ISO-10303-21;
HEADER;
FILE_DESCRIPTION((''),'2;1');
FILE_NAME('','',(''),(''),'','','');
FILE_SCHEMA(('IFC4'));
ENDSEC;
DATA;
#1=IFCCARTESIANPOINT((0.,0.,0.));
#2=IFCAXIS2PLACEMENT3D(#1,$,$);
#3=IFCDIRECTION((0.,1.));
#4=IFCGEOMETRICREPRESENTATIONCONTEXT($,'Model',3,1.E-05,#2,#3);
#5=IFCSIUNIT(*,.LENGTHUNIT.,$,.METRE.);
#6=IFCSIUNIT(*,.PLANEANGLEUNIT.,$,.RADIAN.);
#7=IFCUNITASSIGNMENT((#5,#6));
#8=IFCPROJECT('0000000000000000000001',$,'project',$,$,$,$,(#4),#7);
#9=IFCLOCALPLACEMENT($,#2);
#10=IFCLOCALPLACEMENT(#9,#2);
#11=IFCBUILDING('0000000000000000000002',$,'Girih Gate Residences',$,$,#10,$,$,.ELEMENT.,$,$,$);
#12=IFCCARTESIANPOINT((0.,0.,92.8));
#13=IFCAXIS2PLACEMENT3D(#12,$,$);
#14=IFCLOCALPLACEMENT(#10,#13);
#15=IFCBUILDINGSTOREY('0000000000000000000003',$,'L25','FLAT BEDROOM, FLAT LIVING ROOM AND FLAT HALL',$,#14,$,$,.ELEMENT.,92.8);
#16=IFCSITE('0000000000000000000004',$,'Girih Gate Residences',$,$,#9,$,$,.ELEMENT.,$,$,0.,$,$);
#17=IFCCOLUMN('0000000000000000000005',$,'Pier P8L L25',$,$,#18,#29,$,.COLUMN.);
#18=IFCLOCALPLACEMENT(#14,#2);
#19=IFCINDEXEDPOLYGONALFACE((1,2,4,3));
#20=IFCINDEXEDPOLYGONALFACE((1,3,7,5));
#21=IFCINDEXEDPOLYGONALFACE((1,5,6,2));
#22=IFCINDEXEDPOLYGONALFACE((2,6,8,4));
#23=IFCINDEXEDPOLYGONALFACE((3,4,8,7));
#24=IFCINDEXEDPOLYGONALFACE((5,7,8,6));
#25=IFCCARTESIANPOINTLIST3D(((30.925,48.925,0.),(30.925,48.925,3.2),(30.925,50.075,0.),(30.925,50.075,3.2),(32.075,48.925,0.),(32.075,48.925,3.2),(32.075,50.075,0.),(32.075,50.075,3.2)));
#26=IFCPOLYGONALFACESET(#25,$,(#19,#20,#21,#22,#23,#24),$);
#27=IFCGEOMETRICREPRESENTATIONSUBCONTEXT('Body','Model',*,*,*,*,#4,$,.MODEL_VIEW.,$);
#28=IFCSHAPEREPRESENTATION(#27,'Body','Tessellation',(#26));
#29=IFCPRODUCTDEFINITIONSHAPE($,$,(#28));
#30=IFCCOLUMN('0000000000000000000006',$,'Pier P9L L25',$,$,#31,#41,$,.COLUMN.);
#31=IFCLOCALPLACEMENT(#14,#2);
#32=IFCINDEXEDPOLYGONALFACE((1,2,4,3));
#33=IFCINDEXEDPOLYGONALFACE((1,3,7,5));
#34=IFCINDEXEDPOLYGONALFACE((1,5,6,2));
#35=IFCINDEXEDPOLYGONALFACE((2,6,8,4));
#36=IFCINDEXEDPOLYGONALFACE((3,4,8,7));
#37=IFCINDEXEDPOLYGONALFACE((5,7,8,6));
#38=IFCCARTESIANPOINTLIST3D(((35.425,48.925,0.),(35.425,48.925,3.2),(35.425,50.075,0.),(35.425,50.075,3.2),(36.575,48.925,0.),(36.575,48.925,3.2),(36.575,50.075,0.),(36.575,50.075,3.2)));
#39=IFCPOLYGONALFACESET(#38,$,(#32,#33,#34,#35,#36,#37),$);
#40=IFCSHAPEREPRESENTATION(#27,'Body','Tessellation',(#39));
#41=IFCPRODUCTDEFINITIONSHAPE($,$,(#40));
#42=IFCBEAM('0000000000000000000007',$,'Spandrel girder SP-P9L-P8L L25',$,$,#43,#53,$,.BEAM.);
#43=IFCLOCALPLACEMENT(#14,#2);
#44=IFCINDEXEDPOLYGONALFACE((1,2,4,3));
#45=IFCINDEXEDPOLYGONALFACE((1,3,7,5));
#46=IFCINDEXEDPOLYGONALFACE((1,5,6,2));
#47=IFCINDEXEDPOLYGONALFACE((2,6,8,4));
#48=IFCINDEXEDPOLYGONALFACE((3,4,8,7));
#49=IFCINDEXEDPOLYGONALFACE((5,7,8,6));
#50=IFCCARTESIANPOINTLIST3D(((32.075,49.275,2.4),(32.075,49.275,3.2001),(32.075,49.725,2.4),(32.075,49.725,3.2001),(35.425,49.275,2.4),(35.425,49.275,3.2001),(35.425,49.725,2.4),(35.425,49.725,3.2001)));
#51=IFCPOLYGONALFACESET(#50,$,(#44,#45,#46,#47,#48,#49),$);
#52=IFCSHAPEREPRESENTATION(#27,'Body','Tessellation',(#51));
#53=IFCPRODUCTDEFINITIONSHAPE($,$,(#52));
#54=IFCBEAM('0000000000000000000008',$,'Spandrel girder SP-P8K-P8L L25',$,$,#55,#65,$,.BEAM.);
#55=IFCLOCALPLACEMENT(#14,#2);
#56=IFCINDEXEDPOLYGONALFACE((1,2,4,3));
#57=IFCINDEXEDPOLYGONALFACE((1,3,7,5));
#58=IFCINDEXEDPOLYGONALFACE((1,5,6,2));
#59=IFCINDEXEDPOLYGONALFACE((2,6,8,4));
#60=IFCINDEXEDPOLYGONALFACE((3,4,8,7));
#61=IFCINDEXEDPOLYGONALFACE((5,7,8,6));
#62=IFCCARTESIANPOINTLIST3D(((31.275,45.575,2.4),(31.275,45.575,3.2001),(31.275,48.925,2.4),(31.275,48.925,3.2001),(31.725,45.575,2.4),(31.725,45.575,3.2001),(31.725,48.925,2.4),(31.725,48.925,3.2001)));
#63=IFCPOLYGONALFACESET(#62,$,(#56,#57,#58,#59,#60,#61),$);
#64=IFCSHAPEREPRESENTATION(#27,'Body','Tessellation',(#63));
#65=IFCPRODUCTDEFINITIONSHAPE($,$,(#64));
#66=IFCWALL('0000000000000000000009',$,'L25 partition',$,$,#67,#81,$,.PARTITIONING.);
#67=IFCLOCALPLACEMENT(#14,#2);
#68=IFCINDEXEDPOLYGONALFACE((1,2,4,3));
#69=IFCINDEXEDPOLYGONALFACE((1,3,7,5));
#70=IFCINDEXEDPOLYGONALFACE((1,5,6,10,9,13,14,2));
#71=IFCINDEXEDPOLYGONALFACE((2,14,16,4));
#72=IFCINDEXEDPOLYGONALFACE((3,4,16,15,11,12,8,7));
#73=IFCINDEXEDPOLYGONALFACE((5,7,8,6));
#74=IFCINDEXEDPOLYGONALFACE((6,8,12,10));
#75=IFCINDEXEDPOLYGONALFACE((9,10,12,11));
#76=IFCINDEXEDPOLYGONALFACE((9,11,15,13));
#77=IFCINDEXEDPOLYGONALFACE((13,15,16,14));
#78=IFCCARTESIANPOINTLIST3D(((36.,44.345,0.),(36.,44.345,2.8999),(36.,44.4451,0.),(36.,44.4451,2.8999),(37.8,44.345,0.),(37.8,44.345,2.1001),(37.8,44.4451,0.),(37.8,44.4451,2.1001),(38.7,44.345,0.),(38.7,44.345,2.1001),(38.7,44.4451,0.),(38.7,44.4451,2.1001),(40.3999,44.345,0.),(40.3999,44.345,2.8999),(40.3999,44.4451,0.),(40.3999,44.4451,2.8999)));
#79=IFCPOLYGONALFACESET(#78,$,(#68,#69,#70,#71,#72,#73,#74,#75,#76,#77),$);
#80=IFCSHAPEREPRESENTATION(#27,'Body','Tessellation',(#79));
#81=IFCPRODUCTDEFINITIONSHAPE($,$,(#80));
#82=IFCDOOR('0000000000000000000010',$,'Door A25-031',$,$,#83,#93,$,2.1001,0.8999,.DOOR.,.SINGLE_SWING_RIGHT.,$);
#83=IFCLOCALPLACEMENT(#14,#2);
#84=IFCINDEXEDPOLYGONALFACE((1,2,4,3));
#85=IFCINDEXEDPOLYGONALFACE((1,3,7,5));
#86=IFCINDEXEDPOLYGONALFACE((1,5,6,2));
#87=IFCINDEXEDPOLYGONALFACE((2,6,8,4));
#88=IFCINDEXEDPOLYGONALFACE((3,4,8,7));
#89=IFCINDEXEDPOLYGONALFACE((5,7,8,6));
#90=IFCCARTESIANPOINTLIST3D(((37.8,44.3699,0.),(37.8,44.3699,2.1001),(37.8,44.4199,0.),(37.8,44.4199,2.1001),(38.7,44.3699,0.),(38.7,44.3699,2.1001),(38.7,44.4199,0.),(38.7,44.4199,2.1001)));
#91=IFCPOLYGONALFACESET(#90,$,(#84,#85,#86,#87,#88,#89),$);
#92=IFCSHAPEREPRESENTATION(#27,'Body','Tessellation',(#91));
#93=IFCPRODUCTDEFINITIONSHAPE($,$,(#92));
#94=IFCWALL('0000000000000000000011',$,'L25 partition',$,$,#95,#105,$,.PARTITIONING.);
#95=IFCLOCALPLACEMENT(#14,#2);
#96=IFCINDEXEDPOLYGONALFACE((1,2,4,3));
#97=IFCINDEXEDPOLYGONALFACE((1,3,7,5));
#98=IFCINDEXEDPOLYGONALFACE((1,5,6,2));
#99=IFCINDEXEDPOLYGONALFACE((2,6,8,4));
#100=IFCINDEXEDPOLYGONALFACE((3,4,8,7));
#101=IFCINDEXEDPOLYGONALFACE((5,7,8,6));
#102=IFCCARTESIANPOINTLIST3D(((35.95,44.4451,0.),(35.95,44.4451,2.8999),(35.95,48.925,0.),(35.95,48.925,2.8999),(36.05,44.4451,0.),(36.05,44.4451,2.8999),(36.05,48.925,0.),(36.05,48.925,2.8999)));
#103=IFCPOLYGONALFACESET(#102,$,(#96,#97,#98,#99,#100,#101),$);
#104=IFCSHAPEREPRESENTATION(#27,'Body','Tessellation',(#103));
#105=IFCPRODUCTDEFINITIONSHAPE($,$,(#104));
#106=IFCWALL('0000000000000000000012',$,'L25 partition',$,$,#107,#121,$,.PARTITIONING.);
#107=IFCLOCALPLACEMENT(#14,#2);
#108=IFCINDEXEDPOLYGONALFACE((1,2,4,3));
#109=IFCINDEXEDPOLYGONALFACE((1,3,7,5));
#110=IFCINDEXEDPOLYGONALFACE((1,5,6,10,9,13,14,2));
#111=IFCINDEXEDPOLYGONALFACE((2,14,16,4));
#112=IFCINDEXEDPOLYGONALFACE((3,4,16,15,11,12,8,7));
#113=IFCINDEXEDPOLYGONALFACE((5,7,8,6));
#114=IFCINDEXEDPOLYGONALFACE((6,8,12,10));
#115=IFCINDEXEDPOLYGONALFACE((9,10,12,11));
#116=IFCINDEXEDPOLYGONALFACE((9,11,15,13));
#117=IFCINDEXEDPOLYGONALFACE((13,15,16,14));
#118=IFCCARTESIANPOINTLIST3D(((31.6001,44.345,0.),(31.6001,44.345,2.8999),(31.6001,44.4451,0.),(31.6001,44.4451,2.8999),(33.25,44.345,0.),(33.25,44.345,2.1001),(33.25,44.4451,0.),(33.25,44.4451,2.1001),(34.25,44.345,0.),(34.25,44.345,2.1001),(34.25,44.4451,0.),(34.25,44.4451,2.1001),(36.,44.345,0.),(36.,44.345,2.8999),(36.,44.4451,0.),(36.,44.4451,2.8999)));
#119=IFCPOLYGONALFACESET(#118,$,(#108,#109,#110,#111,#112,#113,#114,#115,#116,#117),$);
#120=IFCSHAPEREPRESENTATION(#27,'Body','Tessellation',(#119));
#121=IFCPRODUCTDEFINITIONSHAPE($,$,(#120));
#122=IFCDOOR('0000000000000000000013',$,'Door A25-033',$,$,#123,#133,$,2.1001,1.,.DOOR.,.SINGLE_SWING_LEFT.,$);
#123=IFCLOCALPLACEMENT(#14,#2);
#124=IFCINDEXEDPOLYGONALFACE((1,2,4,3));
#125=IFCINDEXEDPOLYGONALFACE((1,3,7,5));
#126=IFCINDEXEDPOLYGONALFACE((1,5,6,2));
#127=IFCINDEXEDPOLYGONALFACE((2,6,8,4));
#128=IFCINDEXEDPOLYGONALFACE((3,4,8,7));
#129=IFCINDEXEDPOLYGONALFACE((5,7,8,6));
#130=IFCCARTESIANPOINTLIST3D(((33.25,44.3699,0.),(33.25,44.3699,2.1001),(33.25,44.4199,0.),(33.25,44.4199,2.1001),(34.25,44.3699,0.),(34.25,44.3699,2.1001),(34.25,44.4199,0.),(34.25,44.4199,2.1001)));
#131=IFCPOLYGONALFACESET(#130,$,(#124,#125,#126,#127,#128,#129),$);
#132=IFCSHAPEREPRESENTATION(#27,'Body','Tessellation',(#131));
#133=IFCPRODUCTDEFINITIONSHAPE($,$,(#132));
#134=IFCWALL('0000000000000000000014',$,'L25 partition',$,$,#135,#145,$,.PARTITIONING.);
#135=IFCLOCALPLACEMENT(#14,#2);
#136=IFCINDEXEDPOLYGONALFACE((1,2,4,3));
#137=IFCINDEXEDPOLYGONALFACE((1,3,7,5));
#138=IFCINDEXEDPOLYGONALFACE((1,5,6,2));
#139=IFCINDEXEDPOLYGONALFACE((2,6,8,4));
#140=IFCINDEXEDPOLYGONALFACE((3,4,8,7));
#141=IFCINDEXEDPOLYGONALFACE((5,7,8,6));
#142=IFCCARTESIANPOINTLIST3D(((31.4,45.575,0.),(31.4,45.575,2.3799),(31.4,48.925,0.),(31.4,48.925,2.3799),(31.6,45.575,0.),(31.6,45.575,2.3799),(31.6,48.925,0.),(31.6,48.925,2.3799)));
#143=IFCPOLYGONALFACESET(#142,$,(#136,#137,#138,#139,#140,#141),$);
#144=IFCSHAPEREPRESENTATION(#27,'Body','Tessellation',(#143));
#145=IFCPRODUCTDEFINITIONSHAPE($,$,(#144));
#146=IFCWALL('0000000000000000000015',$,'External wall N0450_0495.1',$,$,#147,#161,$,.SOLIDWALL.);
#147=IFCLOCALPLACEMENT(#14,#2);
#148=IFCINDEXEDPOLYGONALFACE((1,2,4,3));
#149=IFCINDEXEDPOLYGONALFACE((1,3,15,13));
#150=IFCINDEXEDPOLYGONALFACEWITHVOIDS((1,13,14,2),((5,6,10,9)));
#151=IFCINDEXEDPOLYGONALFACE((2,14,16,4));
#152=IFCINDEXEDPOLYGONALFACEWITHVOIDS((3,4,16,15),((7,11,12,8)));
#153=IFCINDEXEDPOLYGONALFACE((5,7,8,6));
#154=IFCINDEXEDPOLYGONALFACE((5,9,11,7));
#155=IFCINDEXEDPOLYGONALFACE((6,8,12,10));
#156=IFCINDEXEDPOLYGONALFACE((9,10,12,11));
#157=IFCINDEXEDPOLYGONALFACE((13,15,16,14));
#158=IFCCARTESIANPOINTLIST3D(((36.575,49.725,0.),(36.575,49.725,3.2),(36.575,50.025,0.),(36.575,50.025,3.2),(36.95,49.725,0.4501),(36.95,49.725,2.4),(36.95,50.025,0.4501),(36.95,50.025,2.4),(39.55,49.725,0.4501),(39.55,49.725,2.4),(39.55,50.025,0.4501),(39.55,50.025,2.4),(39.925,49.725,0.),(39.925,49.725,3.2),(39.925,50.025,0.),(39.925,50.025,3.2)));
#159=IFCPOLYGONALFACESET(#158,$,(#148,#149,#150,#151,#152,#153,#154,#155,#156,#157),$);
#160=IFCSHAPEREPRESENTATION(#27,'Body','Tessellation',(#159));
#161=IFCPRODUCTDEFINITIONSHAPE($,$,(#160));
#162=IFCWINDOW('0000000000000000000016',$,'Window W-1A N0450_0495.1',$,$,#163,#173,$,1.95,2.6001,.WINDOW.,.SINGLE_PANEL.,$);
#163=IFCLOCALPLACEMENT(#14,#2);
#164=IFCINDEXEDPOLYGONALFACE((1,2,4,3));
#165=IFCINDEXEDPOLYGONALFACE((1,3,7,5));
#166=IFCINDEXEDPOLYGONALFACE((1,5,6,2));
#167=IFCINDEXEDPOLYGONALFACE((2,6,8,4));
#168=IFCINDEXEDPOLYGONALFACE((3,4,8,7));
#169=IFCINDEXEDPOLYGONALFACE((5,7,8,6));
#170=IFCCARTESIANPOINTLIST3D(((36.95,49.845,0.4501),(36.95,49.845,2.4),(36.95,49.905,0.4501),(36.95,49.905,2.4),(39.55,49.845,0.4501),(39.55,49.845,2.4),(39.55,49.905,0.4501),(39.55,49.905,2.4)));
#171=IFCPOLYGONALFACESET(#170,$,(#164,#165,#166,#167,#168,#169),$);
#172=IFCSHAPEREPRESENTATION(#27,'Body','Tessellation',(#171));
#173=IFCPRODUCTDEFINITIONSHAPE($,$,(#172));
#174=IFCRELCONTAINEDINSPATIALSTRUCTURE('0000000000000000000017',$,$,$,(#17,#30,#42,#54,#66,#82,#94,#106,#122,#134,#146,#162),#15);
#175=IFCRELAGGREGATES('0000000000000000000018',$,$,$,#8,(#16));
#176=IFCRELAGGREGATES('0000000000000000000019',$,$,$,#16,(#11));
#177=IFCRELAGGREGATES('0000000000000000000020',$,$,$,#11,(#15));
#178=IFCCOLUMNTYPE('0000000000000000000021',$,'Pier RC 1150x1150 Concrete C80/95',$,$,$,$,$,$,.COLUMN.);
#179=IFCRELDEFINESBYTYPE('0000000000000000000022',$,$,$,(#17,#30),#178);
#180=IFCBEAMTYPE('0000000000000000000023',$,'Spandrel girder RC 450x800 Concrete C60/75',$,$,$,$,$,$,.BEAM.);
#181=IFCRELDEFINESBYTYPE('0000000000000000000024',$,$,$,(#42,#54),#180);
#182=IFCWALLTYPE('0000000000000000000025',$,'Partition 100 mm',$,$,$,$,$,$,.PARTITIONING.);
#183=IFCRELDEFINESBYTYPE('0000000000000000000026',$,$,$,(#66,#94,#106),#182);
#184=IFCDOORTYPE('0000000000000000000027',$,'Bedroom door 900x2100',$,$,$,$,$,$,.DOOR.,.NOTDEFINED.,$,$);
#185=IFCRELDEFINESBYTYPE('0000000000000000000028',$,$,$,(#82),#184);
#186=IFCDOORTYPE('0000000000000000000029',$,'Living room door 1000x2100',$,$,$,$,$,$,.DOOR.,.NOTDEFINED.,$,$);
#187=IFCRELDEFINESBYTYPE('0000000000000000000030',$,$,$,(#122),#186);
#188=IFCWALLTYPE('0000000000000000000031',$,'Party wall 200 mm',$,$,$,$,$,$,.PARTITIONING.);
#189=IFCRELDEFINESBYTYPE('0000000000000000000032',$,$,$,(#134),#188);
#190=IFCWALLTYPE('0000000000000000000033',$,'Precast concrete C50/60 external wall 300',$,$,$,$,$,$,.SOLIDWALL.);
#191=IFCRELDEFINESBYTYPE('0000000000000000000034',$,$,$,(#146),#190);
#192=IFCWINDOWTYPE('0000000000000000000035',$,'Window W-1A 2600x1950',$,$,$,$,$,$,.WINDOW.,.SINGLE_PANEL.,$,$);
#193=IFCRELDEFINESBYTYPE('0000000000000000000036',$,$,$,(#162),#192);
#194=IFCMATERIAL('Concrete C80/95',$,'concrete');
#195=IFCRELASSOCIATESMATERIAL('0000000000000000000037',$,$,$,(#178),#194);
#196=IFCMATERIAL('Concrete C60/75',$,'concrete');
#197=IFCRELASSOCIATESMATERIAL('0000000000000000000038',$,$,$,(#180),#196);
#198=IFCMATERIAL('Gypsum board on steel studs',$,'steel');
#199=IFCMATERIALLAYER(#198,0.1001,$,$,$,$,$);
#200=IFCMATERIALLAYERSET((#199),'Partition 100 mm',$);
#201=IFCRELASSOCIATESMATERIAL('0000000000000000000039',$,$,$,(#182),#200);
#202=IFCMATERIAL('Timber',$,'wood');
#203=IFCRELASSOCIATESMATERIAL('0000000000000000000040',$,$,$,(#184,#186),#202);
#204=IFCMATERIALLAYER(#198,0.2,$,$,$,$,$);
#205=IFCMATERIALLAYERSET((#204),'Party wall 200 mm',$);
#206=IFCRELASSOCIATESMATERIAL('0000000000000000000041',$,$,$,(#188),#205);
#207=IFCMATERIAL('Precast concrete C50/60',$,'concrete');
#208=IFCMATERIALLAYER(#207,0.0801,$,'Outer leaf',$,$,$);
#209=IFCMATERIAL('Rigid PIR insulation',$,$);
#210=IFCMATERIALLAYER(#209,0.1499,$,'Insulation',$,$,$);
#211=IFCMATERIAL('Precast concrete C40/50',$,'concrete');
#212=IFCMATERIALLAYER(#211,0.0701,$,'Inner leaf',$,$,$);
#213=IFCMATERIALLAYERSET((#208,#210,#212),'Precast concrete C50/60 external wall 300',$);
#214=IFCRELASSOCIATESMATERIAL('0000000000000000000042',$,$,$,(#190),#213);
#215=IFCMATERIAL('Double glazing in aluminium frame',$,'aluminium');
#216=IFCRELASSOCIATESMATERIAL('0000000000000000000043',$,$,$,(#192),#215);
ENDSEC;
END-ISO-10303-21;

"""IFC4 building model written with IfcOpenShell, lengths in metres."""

from ifc_helpers import new_model, si_unit, direction, frame, frame_2d, origin, origin_2d, place, context, subcontext, project, spatial, rectangle, extrude, material, layer, layer_set, material_profile, profile_set, type_object, element, fill, save


model = new_model("IFC4")

# Units and contexts
model_context = context("Model", 3, precision=1e-05, world=origin(), true_north=direction((0.0, 1.0)))
body_context = subcontext(model_context, "Body", "Model", "MODEL_VIEW")
ifc_project = project(units=[si_unit("LENGTHUNIT", "METRE"), si_unit("PLANEANGLEUNIT", "RADIAN")], contexts=[model_context])

# Site, building, storey
site_placement = place(None, origin())
site = spatial("IfcSite", under=ifc_project, at=site_placement, Name="Girih Gate Residences", CompositionType="ELEMENT", RefElevation=0.0)
building_placement = place(site_placement, origin())
building = spatial("IfcBuilding", under=site, at=building_placement, Name="Girih Gate Residences", CompositionType="ELEMENT")
storey_placement = place(building_placement, frame((0.0, 0.0, 92.8)))
storey = spatial("IfcBuildingStorey", under=building, at=storey_placement, Name="L25", Description="FLAT BEDROOM, FLAT LIVING ROOM AND FLAT HALL", CompositionType="ELEMENT", Elevation=92.8)

# Columns
ifc_material_1 = material(Name="Concrete C80/95", Category="concrete")
ifc_material_profile_1 = material_profile(ifc_material_1, rectangle(XDim=1.1499, YDim=1.1499, at=origin_2d()))
ifc_profile_set_1 = profile_set([ifc_material_profile_1], Name="Concrete C80/95")
column_type = type_object("IfcColumnType", Name="Pier RC 1150x1150 Concrete C80/95", PredefinedType="COLUMN", material=ifc_profile_set_1)
for number, where, z_axis, x_axis, name in (
    (1, (31.5, 49.5, 0.0), (0.0, 0.0, 1.0), (1.0, 0.0, 0.0), "Pier P8L L25"),
    (2, (36.0, 49.5, 0.0), (0.0, 0.0, 1.0), (1.0, 0.0, 0.0), "Pier P9L L25"),
):
    element("IfcColumn", number, at=place(storey_placement, frame(where, z_axis=z_axis, x_axis=x_axis)), inside=storey, type_object=column_type, Name=name, PredefinedType="COLUMN", context=body_context, shape_type="SweptSolid", body=[
        extrude(rectangle(XDim=1.1499, YDim=1.1499, at=origin_2d()), origin(), (0.0, 0.0, 1.0), 3.2),
    ])

# Beams
ifc_material_2 = material(Name="Concrete C60/75", Category="concrete")
ifc_material_profile_2 = material_profile(ifc_material_2, rectangle(XDim=0.45, YDim=0.8, at=origin_2d()))
ifc_profile_set_2 = profile_set([ifc_material_profile_2], Name="Concrete C60/75")
beam_type = type_object("IfcBeamType", Name="Spandrel girder RC 450x800 Concrete C60/75", PredefinedType="BEAM", material=ifc_profile_set_2)
for number, where, z_axis, x_axis, name in (
    (3, (35.425, 49.5, 2.8), (-1.0, 0.0, 0.0), (0.0, -1.0, 0.0), "Spandrel girder SP-P9L-P8L L25"),
    (4, (31.5, 45.575, 2.8), (0.0, 1.0, 0.0), (-1.0, 0.0, 0.0), "Spandrel girder SP-P8K-P8L L25"),
):
    element("IfcBeam", number, at=place(storey_placement, frame(where, z_axis=z_axis, x_axis=x_axis)), inside=storey, type_object=beam_type, Name=name, PredefinedType="BEAM", context=body_context, shape_type="SweptSolid", body=[
        extrude(rectangle(XDim=0.45, YDim=0.8, at=origin_2d()), origin(), (0.0, 0.0, 1.0), 3.3501),
    ])

# Wall, opening, door
ifc_material_3 = material(Name="Gypsum board on steel studs", Category="steel")
ifc_layer_1 = layer(ifc_material_3, 0.1001)
ifc_layer_set_1 = layer_set([ifc_layer_1], Name="Partition 100 mm")
wall_type_1 = type_object("IfcWallType", Name="Partition 100 mm", PredefinedType="PARTITIONING", material=ifc_layer_set_1)
wall_1_placement = place(storey_placement, frame((36.0, 44.395, 0.0), z_axis=(0.0, 0.0, 1.0), x_axis=(1.0, 0.0, 0.0)))
wall_1 = element("IfcWall", 5, at=wall_1_placement, inside=storey, type_object=wall_type_1, Name="L25 partition", PredefinedType="PARTITIONING", context=body_context, shape_type="SweptSolid", body=[
    extrude(rectangle(XDim=4.3999, YDim=0.1001, at=frame_2d((2.2, 0.0))), origin(), (0.0, 0.0, 1.0), 2.8999),
])
opening_1_placement = place(wall_1_placement, frame((1.8, 0.0, 0.0)))
opening_1 = element("IfcOpeningElement", 6, at=opening_1_placement, cuts=wall_1, PredefinedType="OPENING", context=body_context, shape_type="SweptSolid", body=[
    extrude(rectangle(XDim=0.8999, YDim=2.1001, at=frame_2d((0.45, 1.05))), frame((0.0, 0.0601, 0.0), z_axis=(0.0, -1.0, 0.0), x_axis=(1.0, 0.0, 0.0)), (0.0, 0.0, 1.0), 0.1201),
])
ifc_material_4 = material(Name="Timber", Category="wood")
door_type_1 = type_object("IfcDoorType", Name="Bedroom door 900x2100", OperationType="NOTDEFINED", PredefinedType="DOOR", material=ifc_material_4)
door_1_placement = place(opening_1_placement, origin())
door_1 = element("IfcDoor", 7, at=door_1_placement, inside=storey, type_object=door_type_1, Name="Door A25-031", OperationType="SINGLE_SWING_RIGHT", OverallHeight=2.1001, OverallWidth=0.8999, PredefinedType="DOOR", context=body_context, shape_type="SweptSolid", body=[
    extrude(rectangle(XDim=0.8999, YDim=2.1001, at=frame_2d((0.45, 1.05))), frame((0.0, 0.0249, 0.0), z_axis=(0.0, -1.0, 0.0), x_axis=(1.0, 0.0, 0.0)), (0.0, 0.0, 1.0), 0.05),
])
fill(opening_1, door_1)

# Wall
wall_2_placement = place(storey_placement, frame((36.0, 44.4451, 0.0), z_axis=(0.0, 0.0, 1.0), x_axis=(0.0, 1.0, 0.0)))
element("IfcWall", 8, at=wall_2_placement, inside=storey, type_object=wall_type_1, Name="L25 partition", PredefinedType="PARTITIONING", context=body_context, shape_type="SweptSolid", body=[
    extrude(rectangle(XDim=4.48, YDim=0.1001, at=frame_2d((2.24, 0.0))), origin(), (0.0, 0.0, 1.0), 2.8999),
])

# Wall, opening, door
wall_3_placement = place(storey_placement, frame((31.6001, 44.395, 0.0), z_axis=(0.0, 0.0, 1.0), x_axis=(1.0, 0.0, 0.0)))
wall_3 = element("IfcWall", 9, at=wall_3_placement, inside=storey, type_object=wall_type_1, Name="L25 partition", PredefinedType="PARTITIONING", context=body_context, shape_type="SweptSolid", body=[
    extrude(rectangle(XDim=4.3999, YDim=0.1001, at=frame_2d((2.2, 0.0))), origin(), (0.0, 0.0, 1.0), 2.8999),
])
opening_2_placement = place(wall_3_placement, frame((1.6499, 0.0, 0.0)))
opening_2 = element("IfcOpeningElement", 10, at=opening_2_placement, cuts=wall_3, PredefinedType="OPENING", context=body_context, shape_type="SweptSolid", body=[
    extrude(rectangle(XDim=1.0, YDim=2.1001, at=frame_2d((0.5, 1.05))), frame((0.0, 0.0601, 0.0), z_axis=(0.0, -1.0, 0.0), x_axis=(1.0, 0.0, 0.0)), (0.0, 0.0, 1.0), 0.1201),
])
door_type_2 = type_object("IfcDoorType", Name="Living room door 1000x2100", OperationType="NOTDEFINED", PredefinedType="DOOR", material=ifc_material_4)
door_2_placement = place(opening_2_placement, origin())
door_2 = element("IfcDoor", 11, at=door_2_placement, inside=storey, type_object=door_type_2, Name="Door A25-033", OperationType="SINGLE_SWING_LEFT", OverallHeight=2.1001, OverallWidth=1.0, PredefinedType="DOOR", context=body_context, shape_type="SweptSolid", body=[
    extrude(rectangle(XDim=1.0, YDim=2.1001, at=frame_2d((0.5, 1.05))), frame((0.0, 0.0249, 0.0), z_axis=(0.0, -1.0, 0.0), x_axis=(1.0, 0.0, 0.0)), (0.0, 0.0, 1.0), 0.05),
])
fill(opening_2, door_2)

# Wall
ifc_layer_2 = layer(ifc_material_3, 0.2)
ifc_layer_set_2 = layer_set([ifc_layer_2], Name="Party wall 200 mm")
wall_type_2 = type_object("IfcWallType", Name="Party wall 200 mm", PredefinedType="PARTITIONING", material=ifc_layer_set_2)
wall_4_placement = place(storey_placement, frame((31.5, 45.575, 0.0), z_axis=(0.0, 0.0, 1.0), x_axis=(0.0, 1.0, 0.0)))
element("IfcWall", 12, at=wall_4_placement, inside=storey, type_object=wall_type_2, Name="L25 partition", PredefinedType="PARTITIONING", context=body_context, shape_type="SweptSolid", body=[
    extrude(rectangle(XDim=3.3501, YDim=0.2, at=frame_2d((1.675, 0.0))), origin(), (0.0, 0.0, 1.0), 2.3799),
])

# Wall, opening, window
ifc_material_5 = material(Name="Precast concrete C50/60", Category="concrete")
ifc_layer_3 = layer(ifc_material_5, 0.0801, Name="Outer leaf")
ifc_material_6 = material(Name="Rigid PIR insulation")
ifc_layer_4 = layer(ifc_material_6, 0.1499, Name="Insulation")
ifc_material_7 = material(Name="Precast concrete C40/50", Category="concrete")
ifc_layer_5 = layer(ifc_material_7, 0.0701, Name="Inner leaf")
ifc_layer_set_3 = layer_set([ifc_layer_3, ifc_layer_4, ifc_layer_5], Name="Precast concrete C50/60 external wall 300")
wall_type_3 = type_object("IfcWallType", Name="Precast concrete C50/60 external wall 300", PredefinedType="SOLIDWALL", material=ifc_layer_set_3)
wall_5_placement = place(storey_placement, frame((36.575, 49.875, 0.0), z_axis=(0.0, 0.0, 1.0), x_axis=(1.0, 0.0, 0.0)))
wall_5 = element("IfcWall", 13, at=wall_5_placement, inside=storey, type_object=wall_type_3, Name="External wall N0450_0495.1", PredefinedType="SOLIDWALL", context=body_context, shape_type="SweptSolid", body=[
    extrude(rectangle(XDim=3.3501, YDim=0.3, at=frame_2d((1.675, 0.0))), origin(), (0.0, 0.0, 1.0), 3.2),
])
opening_3_placement = place(wall_5_placement, frame((0.375, 0.0, 0.45)))
opening_3 = element("IfcOpeningElement", 14, at=opening_3_placement, cuts=wall_5, PredefinedType="OPENING", context=body_context, shape_type="SweptSolid", body=[
    extrude(rectangle(XDim=2.6001, YDim=1.95, at=frame_2d((1.3, 0.9751))), frame((0.0, 0.1599, 0.0), z_axis=(0.0, -1.0, 0.0), x_axis=(1.0, 0.0, 0.0)), (0.0, 0.0, 1.0), 0.3201),
])
ifc_material_8 = material(Name="Double glazing in aluminium frame", Category="aluminium")
window_type = type_object("IfcWindowType", Name="Window W-1A 2600x1950", PartitioningType="SINGLE_PANEL", PredefinedType="WINDOW", material=ifc_material_8)
window_1_placement = place(opening_3_placement, origin())
window_1 = element("IfcWindow", 15, at=window_1_placement, inside=storey, type_object=window_type, Name="Window W-1A N0450_0495.1", OverallHeight=1.95, OverallWidth=2.6001, PartitioningType="SINGLE_PANEL", PredefinedType="WINDOW", context=body_context, shape_type="SweptSolid", body=[
    extrude(rectangle(XDim=2.6001, YDim=1.95, at=frame_2d((1.3, 0.9751))), frame((0.0, 0.03, 0.0), z_axis=(0.0, -1.0, 0.0), x_axis=(1.0, 0.0, 0.0)), (0.0, 0.0, 1.0), 0.0601),
])
fill(opening_3, window_1)

save(model, "model.ifc")
